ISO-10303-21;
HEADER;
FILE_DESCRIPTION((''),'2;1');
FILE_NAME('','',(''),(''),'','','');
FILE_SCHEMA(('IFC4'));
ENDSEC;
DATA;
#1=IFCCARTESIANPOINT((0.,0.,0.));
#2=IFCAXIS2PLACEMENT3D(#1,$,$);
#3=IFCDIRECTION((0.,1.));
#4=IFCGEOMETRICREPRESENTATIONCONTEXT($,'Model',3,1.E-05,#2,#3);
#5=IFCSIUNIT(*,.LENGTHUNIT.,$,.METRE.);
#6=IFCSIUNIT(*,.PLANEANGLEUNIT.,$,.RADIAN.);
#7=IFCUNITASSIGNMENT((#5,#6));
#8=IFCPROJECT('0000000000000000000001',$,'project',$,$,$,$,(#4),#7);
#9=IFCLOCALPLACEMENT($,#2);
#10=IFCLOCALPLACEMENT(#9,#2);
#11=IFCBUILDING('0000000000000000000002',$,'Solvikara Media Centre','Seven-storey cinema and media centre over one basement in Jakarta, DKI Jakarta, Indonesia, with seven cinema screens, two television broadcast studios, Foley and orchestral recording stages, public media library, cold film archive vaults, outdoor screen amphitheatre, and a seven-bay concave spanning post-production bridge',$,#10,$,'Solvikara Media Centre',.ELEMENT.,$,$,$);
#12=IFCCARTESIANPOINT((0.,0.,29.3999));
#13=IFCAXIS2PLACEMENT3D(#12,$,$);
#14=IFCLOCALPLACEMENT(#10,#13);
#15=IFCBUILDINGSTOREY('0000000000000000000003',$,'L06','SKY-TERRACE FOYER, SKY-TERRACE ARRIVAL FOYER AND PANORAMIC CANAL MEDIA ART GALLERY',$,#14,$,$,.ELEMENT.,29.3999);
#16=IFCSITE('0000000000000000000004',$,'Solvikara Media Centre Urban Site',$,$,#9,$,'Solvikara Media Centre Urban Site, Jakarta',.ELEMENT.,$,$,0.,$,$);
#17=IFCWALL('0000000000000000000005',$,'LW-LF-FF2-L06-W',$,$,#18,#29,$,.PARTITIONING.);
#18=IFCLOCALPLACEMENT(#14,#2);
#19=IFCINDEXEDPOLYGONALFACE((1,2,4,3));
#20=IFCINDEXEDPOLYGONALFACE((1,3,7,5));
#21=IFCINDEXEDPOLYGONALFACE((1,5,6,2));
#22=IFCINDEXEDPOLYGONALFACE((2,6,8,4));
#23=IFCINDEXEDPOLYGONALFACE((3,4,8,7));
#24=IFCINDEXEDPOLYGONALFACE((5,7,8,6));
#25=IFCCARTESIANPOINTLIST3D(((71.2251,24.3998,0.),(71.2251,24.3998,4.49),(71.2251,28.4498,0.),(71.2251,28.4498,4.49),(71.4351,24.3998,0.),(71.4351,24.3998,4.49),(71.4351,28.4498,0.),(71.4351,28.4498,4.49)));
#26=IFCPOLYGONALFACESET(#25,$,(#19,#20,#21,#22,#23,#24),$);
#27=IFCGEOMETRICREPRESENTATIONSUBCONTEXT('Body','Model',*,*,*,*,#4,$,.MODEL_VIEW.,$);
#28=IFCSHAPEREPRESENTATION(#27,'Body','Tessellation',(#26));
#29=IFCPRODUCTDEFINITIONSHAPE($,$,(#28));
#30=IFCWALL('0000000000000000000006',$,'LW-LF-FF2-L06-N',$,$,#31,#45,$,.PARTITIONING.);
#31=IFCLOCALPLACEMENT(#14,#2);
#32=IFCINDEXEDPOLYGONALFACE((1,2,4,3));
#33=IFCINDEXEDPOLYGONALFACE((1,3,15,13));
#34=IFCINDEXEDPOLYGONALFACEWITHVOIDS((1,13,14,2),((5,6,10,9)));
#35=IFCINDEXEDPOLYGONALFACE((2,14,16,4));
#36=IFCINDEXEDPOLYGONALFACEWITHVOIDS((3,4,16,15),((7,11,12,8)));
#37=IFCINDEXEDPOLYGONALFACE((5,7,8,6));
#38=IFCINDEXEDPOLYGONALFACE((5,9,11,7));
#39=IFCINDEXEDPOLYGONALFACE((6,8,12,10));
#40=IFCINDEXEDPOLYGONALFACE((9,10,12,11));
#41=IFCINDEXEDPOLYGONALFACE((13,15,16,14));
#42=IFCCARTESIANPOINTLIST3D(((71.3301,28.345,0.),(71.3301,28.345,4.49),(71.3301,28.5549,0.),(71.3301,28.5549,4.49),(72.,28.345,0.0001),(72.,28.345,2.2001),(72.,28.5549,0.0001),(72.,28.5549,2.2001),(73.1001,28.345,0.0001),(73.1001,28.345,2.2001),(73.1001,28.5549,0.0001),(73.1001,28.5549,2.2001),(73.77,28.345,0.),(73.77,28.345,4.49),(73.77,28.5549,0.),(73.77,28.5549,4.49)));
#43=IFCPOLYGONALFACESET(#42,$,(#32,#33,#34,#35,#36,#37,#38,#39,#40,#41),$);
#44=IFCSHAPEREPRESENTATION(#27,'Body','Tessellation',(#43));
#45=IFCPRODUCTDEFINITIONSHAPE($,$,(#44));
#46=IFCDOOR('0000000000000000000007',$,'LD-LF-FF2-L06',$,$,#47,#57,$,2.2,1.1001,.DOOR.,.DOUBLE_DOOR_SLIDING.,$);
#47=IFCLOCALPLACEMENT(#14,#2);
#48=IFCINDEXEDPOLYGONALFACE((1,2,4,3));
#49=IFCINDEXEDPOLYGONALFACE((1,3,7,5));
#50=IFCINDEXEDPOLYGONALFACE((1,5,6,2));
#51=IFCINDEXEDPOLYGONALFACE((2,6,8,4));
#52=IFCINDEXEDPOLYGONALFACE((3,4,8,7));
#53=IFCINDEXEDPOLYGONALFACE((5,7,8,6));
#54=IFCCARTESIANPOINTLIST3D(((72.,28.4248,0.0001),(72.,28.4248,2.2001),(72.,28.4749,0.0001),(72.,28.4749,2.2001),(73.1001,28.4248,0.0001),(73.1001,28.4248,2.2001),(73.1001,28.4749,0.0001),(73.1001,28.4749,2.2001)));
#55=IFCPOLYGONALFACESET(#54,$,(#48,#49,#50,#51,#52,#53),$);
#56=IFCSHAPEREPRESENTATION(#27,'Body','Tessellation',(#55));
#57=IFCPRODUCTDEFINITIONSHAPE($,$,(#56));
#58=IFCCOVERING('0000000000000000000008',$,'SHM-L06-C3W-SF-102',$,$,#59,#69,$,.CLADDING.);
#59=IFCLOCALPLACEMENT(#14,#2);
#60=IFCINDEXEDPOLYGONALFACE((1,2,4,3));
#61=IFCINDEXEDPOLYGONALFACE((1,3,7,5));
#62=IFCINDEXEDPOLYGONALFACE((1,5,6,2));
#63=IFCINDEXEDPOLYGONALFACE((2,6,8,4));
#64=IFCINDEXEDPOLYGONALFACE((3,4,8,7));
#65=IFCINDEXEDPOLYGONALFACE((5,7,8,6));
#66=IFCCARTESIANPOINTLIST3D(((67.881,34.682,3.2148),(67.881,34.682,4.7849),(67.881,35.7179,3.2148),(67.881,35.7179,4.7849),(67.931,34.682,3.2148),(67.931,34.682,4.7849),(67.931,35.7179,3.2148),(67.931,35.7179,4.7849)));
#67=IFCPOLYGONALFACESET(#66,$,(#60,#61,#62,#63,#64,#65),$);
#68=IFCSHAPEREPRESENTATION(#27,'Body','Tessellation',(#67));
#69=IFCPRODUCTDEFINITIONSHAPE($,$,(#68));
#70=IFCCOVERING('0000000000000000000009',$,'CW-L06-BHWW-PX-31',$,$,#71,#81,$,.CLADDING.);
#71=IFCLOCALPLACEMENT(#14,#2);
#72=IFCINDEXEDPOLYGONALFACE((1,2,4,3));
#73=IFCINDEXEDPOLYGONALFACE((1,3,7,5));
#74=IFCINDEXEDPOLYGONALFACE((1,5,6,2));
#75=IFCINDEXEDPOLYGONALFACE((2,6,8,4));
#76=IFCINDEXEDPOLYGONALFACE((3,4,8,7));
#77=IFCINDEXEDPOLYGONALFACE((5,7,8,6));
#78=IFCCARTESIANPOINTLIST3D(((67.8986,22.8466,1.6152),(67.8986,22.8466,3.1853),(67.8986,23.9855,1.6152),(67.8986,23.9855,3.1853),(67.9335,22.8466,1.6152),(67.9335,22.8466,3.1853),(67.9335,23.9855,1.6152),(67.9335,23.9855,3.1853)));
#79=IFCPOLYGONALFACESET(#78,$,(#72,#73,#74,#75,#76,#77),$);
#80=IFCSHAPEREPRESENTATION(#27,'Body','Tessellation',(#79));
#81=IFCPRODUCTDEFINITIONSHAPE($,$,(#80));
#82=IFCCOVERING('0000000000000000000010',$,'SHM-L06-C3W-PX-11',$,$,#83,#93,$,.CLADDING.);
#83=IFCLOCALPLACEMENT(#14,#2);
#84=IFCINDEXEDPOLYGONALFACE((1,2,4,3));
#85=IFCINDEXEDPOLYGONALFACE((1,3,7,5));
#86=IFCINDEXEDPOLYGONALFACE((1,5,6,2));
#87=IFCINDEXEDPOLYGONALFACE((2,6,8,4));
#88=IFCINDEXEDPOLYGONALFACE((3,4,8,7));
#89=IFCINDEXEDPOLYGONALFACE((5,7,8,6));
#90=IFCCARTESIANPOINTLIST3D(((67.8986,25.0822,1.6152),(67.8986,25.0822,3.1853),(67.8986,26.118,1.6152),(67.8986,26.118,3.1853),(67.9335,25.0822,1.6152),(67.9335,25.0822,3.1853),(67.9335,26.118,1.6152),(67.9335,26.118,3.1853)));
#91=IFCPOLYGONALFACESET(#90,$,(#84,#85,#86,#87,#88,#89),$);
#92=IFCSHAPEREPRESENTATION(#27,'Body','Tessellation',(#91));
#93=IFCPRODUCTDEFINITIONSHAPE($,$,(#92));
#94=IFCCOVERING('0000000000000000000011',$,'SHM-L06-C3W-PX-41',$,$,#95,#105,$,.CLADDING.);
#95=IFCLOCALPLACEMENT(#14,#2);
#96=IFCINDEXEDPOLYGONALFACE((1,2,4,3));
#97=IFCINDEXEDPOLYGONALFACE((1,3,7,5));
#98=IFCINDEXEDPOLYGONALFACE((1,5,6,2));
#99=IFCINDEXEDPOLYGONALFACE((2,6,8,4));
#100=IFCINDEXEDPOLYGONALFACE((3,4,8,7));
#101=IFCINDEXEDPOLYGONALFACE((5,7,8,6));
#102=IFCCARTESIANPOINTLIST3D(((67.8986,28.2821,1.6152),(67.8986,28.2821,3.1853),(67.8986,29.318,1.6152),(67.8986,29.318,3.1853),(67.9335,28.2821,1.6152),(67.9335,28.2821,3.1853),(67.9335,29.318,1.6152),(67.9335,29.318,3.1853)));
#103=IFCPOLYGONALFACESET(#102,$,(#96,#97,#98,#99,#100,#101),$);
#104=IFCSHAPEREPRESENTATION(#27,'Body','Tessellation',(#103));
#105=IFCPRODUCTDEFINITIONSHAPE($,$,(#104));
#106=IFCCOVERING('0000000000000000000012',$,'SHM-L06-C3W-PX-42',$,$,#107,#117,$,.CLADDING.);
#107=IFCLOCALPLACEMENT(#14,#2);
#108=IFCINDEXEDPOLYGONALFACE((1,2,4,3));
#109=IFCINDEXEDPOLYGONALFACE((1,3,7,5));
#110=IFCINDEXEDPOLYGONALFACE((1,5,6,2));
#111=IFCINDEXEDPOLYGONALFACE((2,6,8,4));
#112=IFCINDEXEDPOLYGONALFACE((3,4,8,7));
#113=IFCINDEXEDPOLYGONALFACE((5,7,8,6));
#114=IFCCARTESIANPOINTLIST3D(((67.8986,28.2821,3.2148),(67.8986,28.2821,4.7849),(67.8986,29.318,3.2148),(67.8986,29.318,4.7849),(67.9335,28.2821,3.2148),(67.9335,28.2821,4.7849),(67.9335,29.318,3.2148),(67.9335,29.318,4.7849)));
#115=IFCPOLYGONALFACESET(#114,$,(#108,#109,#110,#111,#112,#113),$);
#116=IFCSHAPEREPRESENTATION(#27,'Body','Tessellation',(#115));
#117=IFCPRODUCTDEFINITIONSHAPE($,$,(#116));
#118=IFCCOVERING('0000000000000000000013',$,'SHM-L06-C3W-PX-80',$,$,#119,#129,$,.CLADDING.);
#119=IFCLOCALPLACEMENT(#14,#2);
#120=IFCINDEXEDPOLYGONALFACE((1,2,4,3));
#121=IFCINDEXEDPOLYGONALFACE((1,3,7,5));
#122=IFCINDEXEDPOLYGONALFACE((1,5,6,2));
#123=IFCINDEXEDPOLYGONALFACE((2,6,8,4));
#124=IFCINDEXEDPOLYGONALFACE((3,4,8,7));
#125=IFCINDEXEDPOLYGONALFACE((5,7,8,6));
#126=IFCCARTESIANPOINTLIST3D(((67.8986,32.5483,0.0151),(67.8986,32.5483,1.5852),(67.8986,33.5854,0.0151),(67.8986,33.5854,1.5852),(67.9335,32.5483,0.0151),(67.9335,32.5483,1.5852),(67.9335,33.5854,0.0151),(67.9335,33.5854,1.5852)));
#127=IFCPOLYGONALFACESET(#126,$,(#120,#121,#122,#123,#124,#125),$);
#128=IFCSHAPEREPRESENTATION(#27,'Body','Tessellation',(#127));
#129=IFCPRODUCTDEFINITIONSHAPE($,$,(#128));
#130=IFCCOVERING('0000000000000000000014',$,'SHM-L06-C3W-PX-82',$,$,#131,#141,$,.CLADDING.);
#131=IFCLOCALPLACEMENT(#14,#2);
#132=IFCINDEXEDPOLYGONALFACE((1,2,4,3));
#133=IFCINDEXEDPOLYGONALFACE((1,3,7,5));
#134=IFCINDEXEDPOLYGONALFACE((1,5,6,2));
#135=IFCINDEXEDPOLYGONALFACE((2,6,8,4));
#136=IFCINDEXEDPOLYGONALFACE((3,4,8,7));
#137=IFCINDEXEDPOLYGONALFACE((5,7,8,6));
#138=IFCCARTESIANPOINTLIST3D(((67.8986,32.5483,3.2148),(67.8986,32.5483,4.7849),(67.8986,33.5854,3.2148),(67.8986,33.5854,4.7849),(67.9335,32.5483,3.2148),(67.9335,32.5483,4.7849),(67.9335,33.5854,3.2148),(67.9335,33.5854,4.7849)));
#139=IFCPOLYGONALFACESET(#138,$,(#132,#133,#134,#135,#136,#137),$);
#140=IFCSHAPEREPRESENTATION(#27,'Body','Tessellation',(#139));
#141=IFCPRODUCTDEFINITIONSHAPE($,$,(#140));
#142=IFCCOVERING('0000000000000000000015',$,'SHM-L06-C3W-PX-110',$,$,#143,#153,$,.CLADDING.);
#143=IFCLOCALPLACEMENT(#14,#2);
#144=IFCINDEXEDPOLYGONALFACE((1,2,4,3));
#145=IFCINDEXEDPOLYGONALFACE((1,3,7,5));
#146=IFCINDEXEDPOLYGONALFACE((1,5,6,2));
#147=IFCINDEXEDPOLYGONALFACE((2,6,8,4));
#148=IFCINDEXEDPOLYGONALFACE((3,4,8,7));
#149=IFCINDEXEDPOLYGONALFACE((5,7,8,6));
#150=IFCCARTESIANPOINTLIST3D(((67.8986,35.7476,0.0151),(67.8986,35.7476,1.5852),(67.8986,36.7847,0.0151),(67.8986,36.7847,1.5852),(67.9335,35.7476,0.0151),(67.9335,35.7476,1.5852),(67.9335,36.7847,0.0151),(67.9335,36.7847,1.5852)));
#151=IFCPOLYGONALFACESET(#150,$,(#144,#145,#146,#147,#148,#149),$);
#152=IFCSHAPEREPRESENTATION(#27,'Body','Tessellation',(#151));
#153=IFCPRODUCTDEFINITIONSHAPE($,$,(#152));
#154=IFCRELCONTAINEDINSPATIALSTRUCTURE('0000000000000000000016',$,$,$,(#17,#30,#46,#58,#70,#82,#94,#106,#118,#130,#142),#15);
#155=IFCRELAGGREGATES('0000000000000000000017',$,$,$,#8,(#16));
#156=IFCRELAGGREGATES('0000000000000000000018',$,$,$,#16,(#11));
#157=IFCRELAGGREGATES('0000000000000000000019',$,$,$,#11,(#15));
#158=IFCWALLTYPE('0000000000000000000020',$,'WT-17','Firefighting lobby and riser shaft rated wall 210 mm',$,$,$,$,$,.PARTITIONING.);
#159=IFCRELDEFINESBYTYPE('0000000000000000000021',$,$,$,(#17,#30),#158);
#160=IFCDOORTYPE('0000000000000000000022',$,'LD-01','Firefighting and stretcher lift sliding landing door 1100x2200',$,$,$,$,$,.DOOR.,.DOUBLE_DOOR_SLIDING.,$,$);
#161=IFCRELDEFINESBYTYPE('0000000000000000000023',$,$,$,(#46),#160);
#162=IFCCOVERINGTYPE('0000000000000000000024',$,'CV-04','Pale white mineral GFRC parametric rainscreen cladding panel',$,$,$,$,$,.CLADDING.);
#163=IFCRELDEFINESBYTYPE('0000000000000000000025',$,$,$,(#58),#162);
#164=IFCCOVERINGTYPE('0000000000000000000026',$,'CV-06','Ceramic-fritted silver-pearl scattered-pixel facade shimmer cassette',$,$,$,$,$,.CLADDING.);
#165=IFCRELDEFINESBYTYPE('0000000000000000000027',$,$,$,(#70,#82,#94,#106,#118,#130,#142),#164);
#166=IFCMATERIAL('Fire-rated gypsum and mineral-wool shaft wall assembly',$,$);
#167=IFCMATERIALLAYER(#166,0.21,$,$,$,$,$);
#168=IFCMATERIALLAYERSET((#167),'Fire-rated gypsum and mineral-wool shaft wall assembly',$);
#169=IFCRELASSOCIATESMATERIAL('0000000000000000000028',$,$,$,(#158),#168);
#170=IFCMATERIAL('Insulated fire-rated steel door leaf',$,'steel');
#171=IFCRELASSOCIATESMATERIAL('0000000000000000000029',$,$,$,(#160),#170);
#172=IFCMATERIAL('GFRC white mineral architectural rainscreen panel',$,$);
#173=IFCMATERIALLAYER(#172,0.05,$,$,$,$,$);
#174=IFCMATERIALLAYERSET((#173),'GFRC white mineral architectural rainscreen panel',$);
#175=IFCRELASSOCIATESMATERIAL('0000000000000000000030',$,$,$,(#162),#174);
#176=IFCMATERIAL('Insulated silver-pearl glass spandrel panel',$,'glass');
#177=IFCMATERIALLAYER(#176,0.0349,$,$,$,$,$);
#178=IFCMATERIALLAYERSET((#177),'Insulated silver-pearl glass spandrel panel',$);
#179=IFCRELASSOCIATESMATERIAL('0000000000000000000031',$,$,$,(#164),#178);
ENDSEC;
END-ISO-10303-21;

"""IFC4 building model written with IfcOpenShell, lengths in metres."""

from ifc_helpers import new_model, si_unit, direction, frame, frame_2d, origin, origin_2d, place, context, subcontext, project, spatial, rectangle, extrude, material, layer, layer_set, type_object, element, fill, save


model = new_model("IFC4")

# Units and contexts
model_context = context("Model", 3, precision=1e-05, world=origin(), true_north=direction((0.0, 1.0)))
body_context = subcontext(model_context, "Body", "Model", "MODEL_VIEW")
ifc_project = project(units=[si_unit("LENGTHUNIT", "METRE"), si_unit("PLANEANGLEUNIT", "RADIAN")], contexts=[model_context])

# Site, building, storey
site_placement = place(None, origin())
site = spatial("IfcSite", under=ifc_project, at=site_placement, Name="Solvikara Media Centre Urban Site", LongName="Solvikara Media Centre Urban Site, Jakarta", CompositionType="ELEMENT", RefElevation=0.0)
building_placement = place(site_placement, origin())
building = spatial("IfcBuilding", under=site, at=building_placement, Name="Solvikara Media Centre", Description="Seven-storey cinema and media centre over one basement in Jakarta, DKI Jakarta, Indonesia, with seven cinema screens, two television broadcast studios, Foley and orchestral recording stages, public media library, cold film archive vaults, outdoor screen amphitheatre, and a seven-bay concave spanning post-production bridge", LongName="Solvikara Media Centre", CompositionType="ELEMENT")
storey_placement = place(building_placement, frame((0.0, 0.0, 29.3999)))
storey = spatial("IfcBuildingStorey", under=building, at=storey_placement, Name="L06", Description="SKY-TERRACE FOYER, SKY-TERRACE ARRIVAL FOYER AND PANORAMIC CANAL MEDIA ART GALLERY", CompositionType="ELEMENT", Elevation=29.3999)

# Shared definitions
ifc_material_1 = material(Name="Insulated silver-pearl glass spandrel panel", Category="glass")

# Shared definitions
ifc_material_2 = material(Name="Insulated fire-rated steel door leaf", Category="steel")

# Wall
ifc_material_3 = material(Name="Fire-rated gypsum and mineral-wool shaft wall assembly")
ifc_layer_1 = layer(ifc_material_3, 0.21)
ifc_layer_set_1 = layer_set([ifc_layer_1], Name="Fire-rated gypsum and mineral-wool shaft wall assembly")
wall_type_1 = type_object("IfcWallType", Name="WT-17", Description="Firefighting lobby and riser shaft rated wall 210 mm", PredefinedType="PARTITIONING", material=ifc_layer_set_1)
wall_1_placement = place(storey_placement, frame((71.3301, 24.3999, 0.0), z_axis=(0.0, 0.0, 1.0), x_axis=(0.0, 1.0, 0.0)))
element("IfcWall", 1, at=wall_1_placement, inside=storey, type_object=wall_type_1, Name="LW-LF-FF2-L06-W", PredefinedType="PARTITIONING", context=body_context, shape_type="SweptSolid", body=[
    extrude(rectangle(XDim=4.05, YDim=0.21, at=frame_2d((2.0249, 0.0))), origin(), (0.0, 0.0, 1.0), 4.49),
])

# Wall, opening, door
wall_2_placement = place(storey_placement, frame((71.3301, 28.45, 0.0), z_axis=(0.0, 0.0, 1.0), x_axis=(1.0, 0.0, 0.0)))
wall_2 = element("IfcWall", 2, at=wall_2_placement, inside=storey, type_object=wall_type_1, Name="LW-LF-FF2-L06-N", PredefinedType="PARTITIONING", context=body_context, shape_type="SweptSolid", body=[
    extrude(rectangle(XDim=2.4399, YDim=0.21, at=frame_2d((1.22, 0.0))), origin(), (0.0, 0.0, 1.0), 4.49),
])
opening_1_placement = place(wall_2_placement, frame((0.6699, 0.0, 0.0)))
opening_1 = element("IfcOpeningElement", 3, at=opening_1_placement, cuts=wall_2, PredefinedType="OPENING", context=body_context, shape_type="SweptSolid", body=[
    extrude(rectangle(XDim=1.1001, YDim=2.2, at=frame_2d((0.55, 1.1001))), frame((0.0, 0.1169, 0.0), z_axis=(0.0, -1.0, 0.0), x_axis=(1.0, 0.0, 0.0)), (0.0, 0.0, 1.0), 0.2339),
])
door_type_1 = type_object("IfcDoorType", Name="LD-01", Description="Firefighting and stretcher lift sliding landing door 1100x2200", OperationType="DOUBLE_DOOR_SLIDING", PredefinedType="DOOR", material=ifc_material_2)
door_1_placement = place(opening_1_placement, origin())
door_1 = element("IfcDoor", 4, at=door_1_placement, inside=storey, type_object=door_type_1, Name="LD-LF-FF2-L06", OperationType="DOUBLE_DOOR_SLIDING", OverallHeight=2.2, OverallWidth=1.1001, PredefinedType="DOOR", context=body_context, shape_type="SweptSolid", body=[
    extrude(rectangle(XDim=1.1001, YDim=2.2, at=frame_2d((0.55, 1.1001))), frame((0.0, 0.0249, 0.0), z_axis=(0.0, -1.0, 0.0), x_axis=(1.0, 0.0, 0.0)), (0.0, 0.0, 1.0), 0.05),
])
fill(opening_1, door_1)

# Coverings
ifc_material_4 = material(Name="GFRC white mineral architectural rainscreen panel")
ifc_layer_2 = layer(ifc_material_4, 0.05)
ifc_layer_set_2 = layer_set([ifc_layer_2], Name="GFRC white mineral architectural rainscreen panel")
covering_type_1 = type_object("IfcCoveringType", Name="CV-04", Description="Pale white mineral GFRC parametric rainscreen cladding panel", PredefinedType="CLADDING", material=ifc_layer_set_2)
covering_1_placement = place(storey_placement, frame((67.906, 35.2, 3.2148), z_axis=(0.0, 0.0, 1.0), x_axis=(0.0, 1.0, 0.0)))
element("IfcCovering", 5, at=covering_1_placement, inside=storey, type_object=covering_type_1, Name="SHM-L06-C3W-SF-102", PredefinedType="CLADDING", context=body_context, shape_type="SweptSolid", body=[
    extrude(rectangle(XDim=1.0359, YDim=0.05, at=origin_2d()), origin(), (0.0, 0.0, 1.0), 1.5701),
])
ifc_layer_3 = layer(ifc_material_1, 0.0349)
ifc_layer_set_3 = layer_set([ifc_layer_3], Name="Insulated silver-pearl glass spandrel panel")
covering_type_2 = type_object("IfcCoveringType", Name="CV-06", Description="Ceramic-fritted silver-pearl scattered-pixel facade shimmer cassette", PredefinedType="CLADDING", material=ifc_layer_set_3)
covering_2_placement = place(storey_placement, frame((67.916, 23.416, 1.6152), z_axis=(0.0, 0.0, 1.0), x_axis=(0.0, 1.0, 0.0)))
element("IfcCovering", 6, at=covering_2_placement, inside=storey, type_object=covering_type_2, Name="CW-L06-BHWW-PX-31", PredefinedType="CLADDING", context=body_context, shape_type="SweptSolid", body=[
    extrude(rectangle(XDim=1.1389, YDim=0.0349, at=origin_2d()), origin(), (0.0, 0.0, 1.0), 1.5701),
])
for number, where, z_axis, x_axis, name in (
    (7, (67.916, 25.6001, 1.6152), (0.0, 0.0, 1.0), (0.0, 1.0, 0.0), "SHM-L06-C3W-PX-11"),
    (8, (67.916, 28.8, 1.6152), (0.0, 0.0, 1.0), (0.0, 1.0, 0.0), "SHM-L06-C3W-PX-41"),
    (9, (67.916, 28.8, 3.2148), (0.0, 0.0, 1.0), (0.0, 1.0, 0.0), "SHM-L06-C3W-PX-42"),
):
    element("IfcCovering", number, at=place(storey_placement, frame(where, z_axis=z_axis, x_axis=x_axis)), inside=storey, type_object=covering_type_2, Name=name, PredefinedType="CLADDING", context=body_context, shape_type="SweptSolid", body=[
        extrude(rectangle(XDim=1.0359, YDim=0.0349, at=origin_2d()), origin(), (0.0, 0.0, 1.0), 1.5701),
    ])
for number, where, z_axis, x_axis, name in (
    (10, (67.916, 33.0669, 0.0151), (0.0, 0.0, 1.0), (0.0, 1.0, 0.0), "SHM-L06-C3W-PX-80"),
    (11, (67.916, 33.0669, 3.2148), (0.0, 0.0, 1.0), (0.0, 1.0, 0.0), "SHM-L06-C3W-PX-82"),
    (12, (67.916, 36.2661, 0.0151), (0.0, 0.0, 1.0), (0.0, 1.0, 0.0), "SHM-L06-C3W-PX-110"),
):
    element("IfcCovering", number, at=place(storey_placement, frame(where, z_axis=z_axis, x_axis=x_axis)), inside=storey, type_object=covering_type_2, Name=name, PredefinedType="CLADDING", context=body_context, shape_type="SweptSolid", body=[
        extrude(rectangle(XDim=1.0371, YDim=0.0349, at=origin_2d()), origin(), (0.0, 0.0, 1.0), 1.5701),
    ])

save(model, "model.ifc")
